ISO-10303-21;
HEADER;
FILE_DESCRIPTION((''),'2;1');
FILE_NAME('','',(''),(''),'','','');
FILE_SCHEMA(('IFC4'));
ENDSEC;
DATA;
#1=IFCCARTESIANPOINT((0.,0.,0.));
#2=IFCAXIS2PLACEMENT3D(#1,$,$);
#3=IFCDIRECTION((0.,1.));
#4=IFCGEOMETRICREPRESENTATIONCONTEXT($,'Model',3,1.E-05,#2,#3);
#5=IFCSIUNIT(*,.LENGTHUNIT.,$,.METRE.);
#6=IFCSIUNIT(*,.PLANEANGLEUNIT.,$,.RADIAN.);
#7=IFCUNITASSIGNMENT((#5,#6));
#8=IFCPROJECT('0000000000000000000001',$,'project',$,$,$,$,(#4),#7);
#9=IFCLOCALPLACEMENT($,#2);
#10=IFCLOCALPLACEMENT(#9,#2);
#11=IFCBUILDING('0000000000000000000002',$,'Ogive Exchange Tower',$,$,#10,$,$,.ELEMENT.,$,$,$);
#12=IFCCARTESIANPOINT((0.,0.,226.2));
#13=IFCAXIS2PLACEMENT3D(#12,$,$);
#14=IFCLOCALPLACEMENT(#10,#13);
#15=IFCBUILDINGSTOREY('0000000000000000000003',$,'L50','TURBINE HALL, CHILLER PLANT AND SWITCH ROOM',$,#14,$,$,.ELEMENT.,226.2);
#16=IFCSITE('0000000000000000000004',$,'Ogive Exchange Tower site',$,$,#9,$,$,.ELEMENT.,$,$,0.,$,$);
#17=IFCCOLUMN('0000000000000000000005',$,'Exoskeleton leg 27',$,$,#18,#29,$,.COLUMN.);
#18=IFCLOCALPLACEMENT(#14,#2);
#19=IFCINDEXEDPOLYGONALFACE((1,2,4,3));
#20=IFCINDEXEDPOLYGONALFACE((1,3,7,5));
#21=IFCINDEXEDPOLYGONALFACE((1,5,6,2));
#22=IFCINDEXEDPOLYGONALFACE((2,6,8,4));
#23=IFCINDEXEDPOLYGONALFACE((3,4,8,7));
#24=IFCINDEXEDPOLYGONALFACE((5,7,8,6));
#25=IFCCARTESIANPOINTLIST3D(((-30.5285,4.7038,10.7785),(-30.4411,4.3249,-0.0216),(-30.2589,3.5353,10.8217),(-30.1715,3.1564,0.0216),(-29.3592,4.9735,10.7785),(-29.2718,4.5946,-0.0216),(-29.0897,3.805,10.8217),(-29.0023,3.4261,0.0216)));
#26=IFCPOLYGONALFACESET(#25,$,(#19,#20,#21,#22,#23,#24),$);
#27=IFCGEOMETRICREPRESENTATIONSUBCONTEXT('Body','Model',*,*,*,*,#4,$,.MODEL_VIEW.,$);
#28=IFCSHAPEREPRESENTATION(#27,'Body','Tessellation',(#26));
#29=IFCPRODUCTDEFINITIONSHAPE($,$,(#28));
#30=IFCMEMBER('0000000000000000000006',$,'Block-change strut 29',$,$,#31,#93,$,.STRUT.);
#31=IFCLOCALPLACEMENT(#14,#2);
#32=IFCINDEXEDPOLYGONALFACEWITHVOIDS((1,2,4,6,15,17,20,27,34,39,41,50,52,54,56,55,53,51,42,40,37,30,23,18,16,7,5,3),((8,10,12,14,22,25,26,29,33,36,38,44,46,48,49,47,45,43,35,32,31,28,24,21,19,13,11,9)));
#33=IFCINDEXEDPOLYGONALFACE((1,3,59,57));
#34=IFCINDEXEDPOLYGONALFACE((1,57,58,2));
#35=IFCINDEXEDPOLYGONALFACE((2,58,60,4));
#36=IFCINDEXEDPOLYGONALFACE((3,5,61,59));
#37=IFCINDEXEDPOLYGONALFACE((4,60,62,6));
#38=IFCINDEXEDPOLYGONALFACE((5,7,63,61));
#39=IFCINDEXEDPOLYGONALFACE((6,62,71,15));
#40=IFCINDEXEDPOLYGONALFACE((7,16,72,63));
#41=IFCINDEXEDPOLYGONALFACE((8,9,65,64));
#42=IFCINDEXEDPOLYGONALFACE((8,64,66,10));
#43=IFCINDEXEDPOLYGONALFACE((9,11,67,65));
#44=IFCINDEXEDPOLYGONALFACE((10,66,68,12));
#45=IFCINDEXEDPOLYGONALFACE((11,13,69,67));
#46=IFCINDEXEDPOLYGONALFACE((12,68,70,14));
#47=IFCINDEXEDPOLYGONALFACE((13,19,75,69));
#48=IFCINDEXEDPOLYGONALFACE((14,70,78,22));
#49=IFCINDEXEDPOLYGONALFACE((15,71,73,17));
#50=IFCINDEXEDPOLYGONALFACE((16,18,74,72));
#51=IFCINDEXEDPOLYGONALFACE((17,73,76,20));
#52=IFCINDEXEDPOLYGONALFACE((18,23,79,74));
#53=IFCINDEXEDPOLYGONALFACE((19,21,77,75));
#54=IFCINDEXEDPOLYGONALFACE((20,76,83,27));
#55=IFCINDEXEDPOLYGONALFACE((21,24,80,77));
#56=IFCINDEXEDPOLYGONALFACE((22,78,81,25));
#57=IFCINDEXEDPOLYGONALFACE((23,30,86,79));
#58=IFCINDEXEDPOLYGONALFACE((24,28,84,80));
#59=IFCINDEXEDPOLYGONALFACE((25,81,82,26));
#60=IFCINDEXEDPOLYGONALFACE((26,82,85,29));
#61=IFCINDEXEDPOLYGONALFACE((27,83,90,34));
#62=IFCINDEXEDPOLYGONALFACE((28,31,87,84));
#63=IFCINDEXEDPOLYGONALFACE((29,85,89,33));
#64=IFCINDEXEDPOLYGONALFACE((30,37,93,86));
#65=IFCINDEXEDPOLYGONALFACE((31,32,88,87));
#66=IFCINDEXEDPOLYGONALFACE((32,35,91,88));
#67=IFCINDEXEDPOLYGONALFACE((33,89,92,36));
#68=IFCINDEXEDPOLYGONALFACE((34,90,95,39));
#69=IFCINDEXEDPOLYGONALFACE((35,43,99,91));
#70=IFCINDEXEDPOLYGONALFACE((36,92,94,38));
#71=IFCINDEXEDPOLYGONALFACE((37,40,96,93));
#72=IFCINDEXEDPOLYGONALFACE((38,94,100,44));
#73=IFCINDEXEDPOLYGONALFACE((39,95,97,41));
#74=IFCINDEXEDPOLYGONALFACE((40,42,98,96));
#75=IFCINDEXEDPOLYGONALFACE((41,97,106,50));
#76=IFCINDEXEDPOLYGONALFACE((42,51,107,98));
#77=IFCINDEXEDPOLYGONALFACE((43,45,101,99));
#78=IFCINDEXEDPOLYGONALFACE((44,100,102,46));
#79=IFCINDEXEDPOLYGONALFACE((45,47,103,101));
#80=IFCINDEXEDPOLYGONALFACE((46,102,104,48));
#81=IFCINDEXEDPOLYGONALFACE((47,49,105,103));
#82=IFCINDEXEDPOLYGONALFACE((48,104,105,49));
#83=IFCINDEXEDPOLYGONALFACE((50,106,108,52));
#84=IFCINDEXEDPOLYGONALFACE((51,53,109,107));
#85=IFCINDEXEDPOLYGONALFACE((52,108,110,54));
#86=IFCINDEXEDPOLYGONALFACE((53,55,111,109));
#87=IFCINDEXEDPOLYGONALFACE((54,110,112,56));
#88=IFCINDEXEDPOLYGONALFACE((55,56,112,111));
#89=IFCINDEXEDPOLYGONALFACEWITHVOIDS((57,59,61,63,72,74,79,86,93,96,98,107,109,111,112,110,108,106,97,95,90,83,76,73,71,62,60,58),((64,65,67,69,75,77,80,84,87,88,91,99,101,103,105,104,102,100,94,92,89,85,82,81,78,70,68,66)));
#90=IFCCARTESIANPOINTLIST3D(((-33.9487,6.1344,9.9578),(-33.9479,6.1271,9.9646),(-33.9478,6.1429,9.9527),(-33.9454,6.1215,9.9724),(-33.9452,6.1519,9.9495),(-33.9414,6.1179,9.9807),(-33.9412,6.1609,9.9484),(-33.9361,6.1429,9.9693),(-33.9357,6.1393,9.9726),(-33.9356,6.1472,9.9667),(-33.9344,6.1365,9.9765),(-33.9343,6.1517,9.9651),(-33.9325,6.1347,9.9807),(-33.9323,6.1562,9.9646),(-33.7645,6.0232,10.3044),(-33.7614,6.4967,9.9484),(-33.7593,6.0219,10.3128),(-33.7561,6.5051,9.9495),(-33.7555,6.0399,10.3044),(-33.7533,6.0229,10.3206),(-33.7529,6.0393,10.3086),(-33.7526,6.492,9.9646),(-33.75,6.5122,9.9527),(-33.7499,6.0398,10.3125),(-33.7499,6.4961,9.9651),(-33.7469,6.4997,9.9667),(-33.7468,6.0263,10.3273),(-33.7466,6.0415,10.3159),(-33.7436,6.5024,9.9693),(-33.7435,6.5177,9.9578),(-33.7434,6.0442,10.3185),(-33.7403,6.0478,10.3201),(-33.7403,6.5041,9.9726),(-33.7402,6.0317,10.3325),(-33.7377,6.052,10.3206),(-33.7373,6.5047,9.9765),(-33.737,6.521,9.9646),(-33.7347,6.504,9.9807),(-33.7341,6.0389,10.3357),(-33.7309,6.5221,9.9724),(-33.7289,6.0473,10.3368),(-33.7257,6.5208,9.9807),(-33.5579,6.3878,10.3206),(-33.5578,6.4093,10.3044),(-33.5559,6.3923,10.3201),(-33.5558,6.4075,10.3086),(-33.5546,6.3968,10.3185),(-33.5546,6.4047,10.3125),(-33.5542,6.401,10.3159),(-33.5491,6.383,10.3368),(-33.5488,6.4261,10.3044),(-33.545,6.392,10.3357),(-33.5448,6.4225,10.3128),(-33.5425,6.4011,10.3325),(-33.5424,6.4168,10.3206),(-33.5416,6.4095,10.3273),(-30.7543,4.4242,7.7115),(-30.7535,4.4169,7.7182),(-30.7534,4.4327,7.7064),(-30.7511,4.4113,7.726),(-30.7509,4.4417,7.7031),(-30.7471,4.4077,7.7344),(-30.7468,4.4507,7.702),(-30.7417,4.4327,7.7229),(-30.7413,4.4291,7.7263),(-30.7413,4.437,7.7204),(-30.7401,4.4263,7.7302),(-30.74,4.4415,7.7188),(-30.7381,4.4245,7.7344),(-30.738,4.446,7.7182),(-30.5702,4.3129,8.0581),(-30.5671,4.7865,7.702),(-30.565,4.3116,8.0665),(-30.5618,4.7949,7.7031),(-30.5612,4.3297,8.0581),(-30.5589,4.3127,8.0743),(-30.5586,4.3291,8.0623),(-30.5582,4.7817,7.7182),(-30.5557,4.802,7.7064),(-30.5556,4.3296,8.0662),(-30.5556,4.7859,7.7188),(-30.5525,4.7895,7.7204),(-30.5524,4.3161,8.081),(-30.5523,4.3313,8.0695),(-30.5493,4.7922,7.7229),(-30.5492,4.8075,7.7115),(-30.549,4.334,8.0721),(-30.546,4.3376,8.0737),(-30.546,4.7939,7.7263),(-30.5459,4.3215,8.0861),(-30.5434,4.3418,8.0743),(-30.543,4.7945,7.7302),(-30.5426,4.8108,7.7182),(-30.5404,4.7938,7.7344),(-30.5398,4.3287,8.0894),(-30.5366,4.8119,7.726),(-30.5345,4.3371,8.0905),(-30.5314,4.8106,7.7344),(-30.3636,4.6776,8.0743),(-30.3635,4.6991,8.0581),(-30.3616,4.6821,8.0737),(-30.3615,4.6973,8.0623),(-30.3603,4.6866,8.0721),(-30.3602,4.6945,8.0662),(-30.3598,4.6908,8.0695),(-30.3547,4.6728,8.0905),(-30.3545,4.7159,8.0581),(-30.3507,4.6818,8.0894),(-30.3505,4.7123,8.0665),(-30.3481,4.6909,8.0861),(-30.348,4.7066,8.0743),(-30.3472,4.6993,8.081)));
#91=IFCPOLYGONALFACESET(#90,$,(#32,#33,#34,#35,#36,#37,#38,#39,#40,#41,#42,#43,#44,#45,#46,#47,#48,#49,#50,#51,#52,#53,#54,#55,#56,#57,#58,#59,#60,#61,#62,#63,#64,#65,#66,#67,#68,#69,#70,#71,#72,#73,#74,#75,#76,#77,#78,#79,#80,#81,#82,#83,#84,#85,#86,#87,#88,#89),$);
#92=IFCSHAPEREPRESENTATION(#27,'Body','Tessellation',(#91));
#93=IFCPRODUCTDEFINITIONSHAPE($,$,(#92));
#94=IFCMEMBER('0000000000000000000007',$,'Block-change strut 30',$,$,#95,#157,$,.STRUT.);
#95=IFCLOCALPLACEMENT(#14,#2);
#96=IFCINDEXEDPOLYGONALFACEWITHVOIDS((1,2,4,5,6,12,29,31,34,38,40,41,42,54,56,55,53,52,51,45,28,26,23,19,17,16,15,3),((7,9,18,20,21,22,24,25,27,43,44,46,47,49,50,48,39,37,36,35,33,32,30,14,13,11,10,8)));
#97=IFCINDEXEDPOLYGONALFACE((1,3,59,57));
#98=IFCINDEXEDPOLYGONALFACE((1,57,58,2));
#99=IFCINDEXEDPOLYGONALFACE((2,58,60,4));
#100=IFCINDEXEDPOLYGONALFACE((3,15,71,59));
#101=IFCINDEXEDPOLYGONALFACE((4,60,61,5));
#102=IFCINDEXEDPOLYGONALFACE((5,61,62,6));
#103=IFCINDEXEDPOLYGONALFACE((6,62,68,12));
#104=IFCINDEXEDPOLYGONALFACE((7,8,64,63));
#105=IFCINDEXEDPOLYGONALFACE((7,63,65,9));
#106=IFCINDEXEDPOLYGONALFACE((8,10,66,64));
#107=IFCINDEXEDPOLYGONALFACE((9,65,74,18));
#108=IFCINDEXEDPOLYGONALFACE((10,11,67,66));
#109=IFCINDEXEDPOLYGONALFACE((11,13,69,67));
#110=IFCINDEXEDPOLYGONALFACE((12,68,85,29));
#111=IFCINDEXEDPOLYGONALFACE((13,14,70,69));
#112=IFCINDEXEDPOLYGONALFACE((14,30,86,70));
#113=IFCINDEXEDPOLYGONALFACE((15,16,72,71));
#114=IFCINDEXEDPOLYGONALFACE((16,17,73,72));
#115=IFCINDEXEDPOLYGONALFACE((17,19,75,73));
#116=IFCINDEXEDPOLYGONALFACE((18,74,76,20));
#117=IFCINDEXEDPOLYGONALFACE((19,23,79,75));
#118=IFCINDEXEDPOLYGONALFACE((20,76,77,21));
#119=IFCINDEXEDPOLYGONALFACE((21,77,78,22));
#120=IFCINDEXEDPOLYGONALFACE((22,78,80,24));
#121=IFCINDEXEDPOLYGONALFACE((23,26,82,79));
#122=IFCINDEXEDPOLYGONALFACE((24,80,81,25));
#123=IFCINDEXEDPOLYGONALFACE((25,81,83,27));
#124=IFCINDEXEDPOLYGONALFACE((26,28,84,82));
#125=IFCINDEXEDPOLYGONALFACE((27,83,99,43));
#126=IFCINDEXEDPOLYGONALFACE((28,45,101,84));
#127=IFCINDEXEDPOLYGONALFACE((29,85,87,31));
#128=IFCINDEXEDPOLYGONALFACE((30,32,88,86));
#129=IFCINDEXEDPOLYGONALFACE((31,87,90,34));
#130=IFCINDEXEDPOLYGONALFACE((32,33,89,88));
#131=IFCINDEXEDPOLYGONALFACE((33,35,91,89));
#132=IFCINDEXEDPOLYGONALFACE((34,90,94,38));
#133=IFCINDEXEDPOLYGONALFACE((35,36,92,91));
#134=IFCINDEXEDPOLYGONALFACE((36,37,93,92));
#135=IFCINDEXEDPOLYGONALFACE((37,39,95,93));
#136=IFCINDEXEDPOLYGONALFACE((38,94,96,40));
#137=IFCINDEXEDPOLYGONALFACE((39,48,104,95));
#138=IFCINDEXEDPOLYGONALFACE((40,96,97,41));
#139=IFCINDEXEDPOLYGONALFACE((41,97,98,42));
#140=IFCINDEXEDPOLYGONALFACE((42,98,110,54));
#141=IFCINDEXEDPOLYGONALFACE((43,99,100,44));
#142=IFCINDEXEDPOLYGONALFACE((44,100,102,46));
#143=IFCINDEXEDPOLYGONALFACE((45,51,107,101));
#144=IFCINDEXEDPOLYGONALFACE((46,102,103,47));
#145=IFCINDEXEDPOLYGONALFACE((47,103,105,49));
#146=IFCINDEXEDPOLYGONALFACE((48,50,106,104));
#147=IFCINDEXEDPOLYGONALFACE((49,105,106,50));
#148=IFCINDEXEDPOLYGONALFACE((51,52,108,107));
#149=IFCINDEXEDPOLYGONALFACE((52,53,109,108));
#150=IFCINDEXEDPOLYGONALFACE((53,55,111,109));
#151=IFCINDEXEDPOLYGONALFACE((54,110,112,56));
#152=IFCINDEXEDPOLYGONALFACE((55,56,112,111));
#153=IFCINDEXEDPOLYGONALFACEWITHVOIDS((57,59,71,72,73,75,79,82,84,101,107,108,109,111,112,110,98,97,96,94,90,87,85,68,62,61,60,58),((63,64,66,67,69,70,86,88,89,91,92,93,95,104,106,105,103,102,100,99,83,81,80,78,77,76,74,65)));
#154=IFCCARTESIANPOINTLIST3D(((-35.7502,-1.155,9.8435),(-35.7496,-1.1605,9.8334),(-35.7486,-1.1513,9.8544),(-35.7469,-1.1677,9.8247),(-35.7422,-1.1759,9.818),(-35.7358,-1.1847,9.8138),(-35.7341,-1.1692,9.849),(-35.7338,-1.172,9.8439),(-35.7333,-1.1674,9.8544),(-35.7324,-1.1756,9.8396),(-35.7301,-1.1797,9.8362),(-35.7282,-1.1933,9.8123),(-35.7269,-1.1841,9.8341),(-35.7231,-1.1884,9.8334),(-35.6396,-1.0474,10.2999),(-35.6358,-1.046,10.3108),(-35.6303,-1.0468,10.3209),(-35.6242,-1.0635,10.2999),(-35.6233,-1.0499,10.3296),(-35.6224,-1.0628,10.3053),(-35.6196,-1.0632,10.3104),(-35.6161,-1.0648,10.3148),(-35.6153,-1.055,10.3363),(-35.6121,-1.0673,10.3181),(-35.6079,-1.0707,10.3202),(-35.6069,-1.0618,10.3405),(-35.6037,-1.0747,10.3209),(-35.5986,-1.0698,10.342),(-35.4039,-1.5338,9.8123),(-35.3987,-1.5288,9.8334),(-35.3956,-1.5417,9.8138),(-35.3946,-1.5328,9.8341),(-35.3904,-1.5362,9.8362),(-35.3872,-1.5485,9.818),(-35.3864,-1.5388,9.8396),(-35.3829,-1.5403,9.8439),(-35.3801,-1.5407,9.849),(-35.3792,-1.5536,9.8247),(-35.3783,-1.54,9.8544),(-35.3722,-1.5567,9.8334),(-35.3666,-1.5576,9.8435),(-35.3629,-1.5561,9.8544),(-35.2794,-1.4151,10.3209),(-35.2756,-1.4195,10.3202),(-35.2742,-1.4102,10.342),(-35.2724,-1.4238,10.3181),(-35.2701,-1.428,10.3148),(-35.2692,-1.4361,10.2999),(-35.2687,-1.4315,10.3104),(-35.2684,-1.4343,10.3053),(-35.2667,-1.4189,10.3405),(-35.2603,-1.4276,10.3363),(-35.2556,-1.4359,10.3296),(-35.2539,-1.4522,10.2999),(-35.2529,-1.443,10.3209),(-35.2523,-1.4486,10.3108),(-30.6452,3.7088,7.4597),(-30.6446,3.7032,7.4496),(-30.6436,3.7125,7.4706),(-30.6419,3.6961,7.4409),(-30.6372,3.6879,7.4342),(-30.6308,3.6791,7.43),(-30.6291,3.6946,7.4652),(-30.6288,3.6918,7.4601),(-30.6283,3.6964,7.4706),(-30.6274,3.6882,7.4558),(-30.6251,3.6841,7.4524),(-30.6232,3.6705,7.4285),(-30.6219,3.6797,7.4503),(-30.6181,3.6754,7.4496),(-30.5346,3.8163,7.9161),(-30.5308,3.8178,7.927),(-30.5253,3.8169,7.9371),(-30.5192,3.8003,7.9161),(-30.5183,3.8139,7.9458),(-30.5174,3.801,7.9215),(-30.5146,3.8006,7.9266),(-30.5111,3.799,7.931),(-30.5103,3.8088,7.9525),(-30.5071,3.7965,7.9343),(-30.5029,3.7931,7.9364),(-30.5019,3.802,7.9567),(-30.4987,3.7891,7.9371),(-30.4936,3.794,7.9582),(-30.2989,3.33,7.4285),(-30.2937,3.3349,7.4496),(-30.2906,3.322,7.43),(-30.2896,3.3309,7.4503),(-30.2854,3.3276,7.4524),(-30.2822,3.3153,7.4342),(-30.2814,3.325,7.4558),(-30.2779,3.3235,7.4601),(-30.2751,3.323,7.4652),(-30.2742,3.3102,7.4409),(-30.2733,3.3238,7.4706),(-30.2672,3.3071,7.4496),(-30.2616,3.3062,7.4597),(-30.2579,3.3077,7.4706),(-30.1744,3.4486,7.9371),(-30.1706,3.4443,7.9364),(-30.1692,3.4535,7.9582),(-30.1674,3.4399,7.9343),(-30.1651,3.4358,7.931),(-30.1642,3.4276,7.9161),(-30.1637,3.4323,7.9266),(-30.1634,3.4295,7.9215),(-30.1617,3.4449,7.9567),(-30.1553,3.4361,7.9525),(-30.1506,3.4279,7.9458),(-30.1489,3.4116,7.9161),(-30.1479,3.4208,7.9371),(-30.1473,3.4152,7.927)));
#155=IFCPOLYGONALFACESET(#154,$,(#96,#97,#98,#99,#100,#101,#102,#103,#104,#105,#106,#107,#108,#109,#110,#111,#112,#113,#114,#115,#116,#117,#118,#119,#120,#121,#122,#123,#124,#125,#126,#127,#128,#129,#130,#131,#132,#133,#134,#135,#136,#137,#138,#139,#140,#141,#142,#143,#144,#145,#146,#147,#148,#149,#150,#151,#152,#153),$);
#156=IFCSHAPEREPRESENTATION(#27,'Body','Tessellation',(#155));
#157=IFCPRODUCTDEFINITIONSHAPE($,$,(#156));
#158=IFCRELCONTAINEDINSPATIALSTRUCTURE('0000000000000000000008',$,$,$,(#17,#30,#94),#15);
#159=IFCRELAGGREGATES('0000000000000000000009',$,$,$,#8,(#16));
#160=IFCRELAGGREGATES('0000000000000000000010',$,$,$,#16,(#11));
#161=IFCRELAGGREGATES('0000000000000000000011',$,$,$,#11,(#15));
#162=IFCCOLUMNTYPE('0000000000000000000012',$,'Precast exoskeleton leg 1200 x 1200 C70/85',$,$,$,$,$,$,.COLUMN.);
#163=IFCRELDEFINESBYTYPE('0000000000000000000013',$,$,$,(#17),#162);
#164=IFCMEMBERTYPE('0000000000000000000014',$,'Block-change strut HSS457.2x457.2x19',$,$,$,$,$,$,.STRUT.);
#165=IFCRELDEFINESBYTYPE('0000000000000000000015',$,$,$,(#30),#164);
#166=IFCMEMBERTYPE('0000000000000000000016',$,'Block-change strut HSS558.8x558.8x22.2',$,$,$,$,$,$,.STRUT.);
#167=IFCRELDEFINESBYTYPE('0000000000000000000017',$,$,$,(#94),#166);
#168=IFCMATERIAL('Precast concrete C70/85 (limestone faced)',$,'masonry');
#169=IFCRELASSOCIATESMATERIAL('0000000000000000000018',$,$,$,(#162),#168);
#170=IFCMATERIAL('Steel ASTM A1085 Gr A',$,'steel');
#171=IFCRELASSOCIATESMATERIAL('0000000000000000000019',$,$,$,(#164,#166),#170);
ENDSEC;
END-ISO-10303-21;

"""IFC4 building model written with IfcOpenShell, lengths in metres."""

from ifc_helpers import new_model, si_unit, direction, frame, origin, origin_2d, place, context, subcontext, project, spatial, rectangle, hollow_rectangle, extrude, material, material_profile, profile_set, type_object, element, save


model = new_model("IFC4")

# Units and contexts
model_context = context("Model", 3, precision=1e-05, world=origin(), true_north=direction((0.0, 1.0)))
body_context = subcontext(model_context, "Body", "Model", "MODEL_VIEW")
ifc_project = project(units=[si_unit("LENGTHUNIT", "METRE"), si_unit("PLANEANGLEUNIT", "RADIAN")], contexts=[model_context])

# Site, building, storey
site_placement = place(None, origin())
site = spatial("IfcSite", under=ifc_project, at=site_placement, Name="Ogive Exchange Tower site", CompositionType="ELEMENT", RefElevation=0.0)
building_placement = place(site_placement, origin())
building = spatial("IfcBuilding", under=site, at=building_placement, Name="Ogive Exchange Tower", CompositionType="ELEMENT")
storey_placement = place(building_placement, frame((0.0, 0.0, 226.2)))
storey = spatial("IfcBuildingStorey", under=building, at=storey_placement, Name="L50", Description="TURBINE HALL, CHILLER PLANT AND SWITCH ROOM", CompositionType="ELEMENT", Elevation=226.2)

# Column
ifc_material_1 = material(Name="Precast concrete C70/85 (limestone faced)", Category="masonry")
ifc_material_profile_1 = material_profile(ifc_material_1, rectangle(XDim=1.2, YDim=1.2, at=origin_2d()), Name="1200 x 1200")
ifc_profile_set_1 = profile_set([ifc_material_profile_1], Name="Precast concrete C70/85 (limestone faced)")
column_type = type_object("IfcColumnType", Name="Precast exoskeleton leg 1200 x 1200 C70/85", PredefinedType="COLUMN", material=ifc_profile_set_1)
column_placement = place(storey_placement, frame((-29.7217, 3.8755, 0.0), z_axis=(-0.008088, 0.035061, 0.999352), x_axis=(-0.974412, -0.224768, 0.0)))
element("IfcColumn", 1, at=column_placement, inside=storey, type_object=column_type, Name="Exoskeleton leg 27", PredefinedType="COLUMN", context=body_context, shape_type="SweptSolid", body=[
    extrude(rectangle(XDim=1.2, YDim=1.2, at=origin_2d()), origin(), (0.0, 0.0, 1.0), 10.8071),
])

# Members
ifc_material_2 = material(Name="Steel ASTM A1085 Gr A", Category="steel")
ifc_material_profile_2 = material_profile(ifc_material_2, hollow_rectangle(XDim=0.457, YDim=0.457, WallThickness=0.019, InnerFilletRadius=0.019, OuterFilletRadius=0.0381, at=origin_2d()), Name="HSS457.2x457.2x19")
ifc_profile_set_2 = profile_set([ifc_material_profile_2], Name="Steel ASTM A1085 Gr A")
member_type_1 = type_object("IfcMemberType", Name="Block-change strut HSS457.2x457.2x19", PredefinedType="STRUT", material=ifc_profile_set_2)
member_1_placement = place(storey_placement, frame((-30.5508, 4.5618, 7.8962), z_axis=(-0.749287, 0.401158, 0.526917), x_axis=(-0.471997, -0.8816, 0.0)))
element("IfcMember", 2, at=member_1_placement, inside=storey, type_object=member_type_1, Name="Block-change strut 29", PredefinedType="STRUT", context=body_context, shape_type="SweptSolid", body=[
    extrude(hollow_rectangle(XDim=0.457, YDim=0.457, WallThickness=0.019, InnerFilletRadius=0.019, OuterFilletRadius=0.0381, at=origin_2d()), origin(), (0.0, 0.0, 1.0), 4.2632),
])
ifc_material_profile_3 = material_profile(ifc_material_2, hollow_rectangle(XDim=0.5591, YDim=0.5591, WallThickness=0.0222, InnerFilletRadius=0.0222, OuterFilletRadius=0.0444, at=origin_2d()), Name="HSS558.8x558.8x22.2")
ifc_profile_set_3 = profile_set([ifc_material_profile_3], Name="Steel ASTM A1085 Gr A")
member_type_2 = type_object("IfcMemberType", Name="Block-change strut HSS558.8x558.8x22.2", PredefinedType="STRUT", material=ifc_profile_set_3)
member_2_placement = place(storey_placement, frame((-30.3962, 3.562, 7.6934), z_axis=(-0.685869, -0.653461, 0.320269), x_axis=(0.689795, -0.724005, 0.0)))
element("IfcMember", 3, at=member_2_placement, inside=storey, type_object=member_type_2, Name="Block-change strut 30", PredefinedType="STRUT", context=body_context, shape_type="SweptSolid", body=[
    extrude(hollow_rectangle(XDim=0.5591, YDim=0.5591, WallThickness=0.0222, InnerFilletRadius=0.0222, OuterFilletRadius=0.0444, at=origin_2d()), origin(), (0.0, 0.0, 1.0), 7.4431),
])

save(model, "model.ifc")
